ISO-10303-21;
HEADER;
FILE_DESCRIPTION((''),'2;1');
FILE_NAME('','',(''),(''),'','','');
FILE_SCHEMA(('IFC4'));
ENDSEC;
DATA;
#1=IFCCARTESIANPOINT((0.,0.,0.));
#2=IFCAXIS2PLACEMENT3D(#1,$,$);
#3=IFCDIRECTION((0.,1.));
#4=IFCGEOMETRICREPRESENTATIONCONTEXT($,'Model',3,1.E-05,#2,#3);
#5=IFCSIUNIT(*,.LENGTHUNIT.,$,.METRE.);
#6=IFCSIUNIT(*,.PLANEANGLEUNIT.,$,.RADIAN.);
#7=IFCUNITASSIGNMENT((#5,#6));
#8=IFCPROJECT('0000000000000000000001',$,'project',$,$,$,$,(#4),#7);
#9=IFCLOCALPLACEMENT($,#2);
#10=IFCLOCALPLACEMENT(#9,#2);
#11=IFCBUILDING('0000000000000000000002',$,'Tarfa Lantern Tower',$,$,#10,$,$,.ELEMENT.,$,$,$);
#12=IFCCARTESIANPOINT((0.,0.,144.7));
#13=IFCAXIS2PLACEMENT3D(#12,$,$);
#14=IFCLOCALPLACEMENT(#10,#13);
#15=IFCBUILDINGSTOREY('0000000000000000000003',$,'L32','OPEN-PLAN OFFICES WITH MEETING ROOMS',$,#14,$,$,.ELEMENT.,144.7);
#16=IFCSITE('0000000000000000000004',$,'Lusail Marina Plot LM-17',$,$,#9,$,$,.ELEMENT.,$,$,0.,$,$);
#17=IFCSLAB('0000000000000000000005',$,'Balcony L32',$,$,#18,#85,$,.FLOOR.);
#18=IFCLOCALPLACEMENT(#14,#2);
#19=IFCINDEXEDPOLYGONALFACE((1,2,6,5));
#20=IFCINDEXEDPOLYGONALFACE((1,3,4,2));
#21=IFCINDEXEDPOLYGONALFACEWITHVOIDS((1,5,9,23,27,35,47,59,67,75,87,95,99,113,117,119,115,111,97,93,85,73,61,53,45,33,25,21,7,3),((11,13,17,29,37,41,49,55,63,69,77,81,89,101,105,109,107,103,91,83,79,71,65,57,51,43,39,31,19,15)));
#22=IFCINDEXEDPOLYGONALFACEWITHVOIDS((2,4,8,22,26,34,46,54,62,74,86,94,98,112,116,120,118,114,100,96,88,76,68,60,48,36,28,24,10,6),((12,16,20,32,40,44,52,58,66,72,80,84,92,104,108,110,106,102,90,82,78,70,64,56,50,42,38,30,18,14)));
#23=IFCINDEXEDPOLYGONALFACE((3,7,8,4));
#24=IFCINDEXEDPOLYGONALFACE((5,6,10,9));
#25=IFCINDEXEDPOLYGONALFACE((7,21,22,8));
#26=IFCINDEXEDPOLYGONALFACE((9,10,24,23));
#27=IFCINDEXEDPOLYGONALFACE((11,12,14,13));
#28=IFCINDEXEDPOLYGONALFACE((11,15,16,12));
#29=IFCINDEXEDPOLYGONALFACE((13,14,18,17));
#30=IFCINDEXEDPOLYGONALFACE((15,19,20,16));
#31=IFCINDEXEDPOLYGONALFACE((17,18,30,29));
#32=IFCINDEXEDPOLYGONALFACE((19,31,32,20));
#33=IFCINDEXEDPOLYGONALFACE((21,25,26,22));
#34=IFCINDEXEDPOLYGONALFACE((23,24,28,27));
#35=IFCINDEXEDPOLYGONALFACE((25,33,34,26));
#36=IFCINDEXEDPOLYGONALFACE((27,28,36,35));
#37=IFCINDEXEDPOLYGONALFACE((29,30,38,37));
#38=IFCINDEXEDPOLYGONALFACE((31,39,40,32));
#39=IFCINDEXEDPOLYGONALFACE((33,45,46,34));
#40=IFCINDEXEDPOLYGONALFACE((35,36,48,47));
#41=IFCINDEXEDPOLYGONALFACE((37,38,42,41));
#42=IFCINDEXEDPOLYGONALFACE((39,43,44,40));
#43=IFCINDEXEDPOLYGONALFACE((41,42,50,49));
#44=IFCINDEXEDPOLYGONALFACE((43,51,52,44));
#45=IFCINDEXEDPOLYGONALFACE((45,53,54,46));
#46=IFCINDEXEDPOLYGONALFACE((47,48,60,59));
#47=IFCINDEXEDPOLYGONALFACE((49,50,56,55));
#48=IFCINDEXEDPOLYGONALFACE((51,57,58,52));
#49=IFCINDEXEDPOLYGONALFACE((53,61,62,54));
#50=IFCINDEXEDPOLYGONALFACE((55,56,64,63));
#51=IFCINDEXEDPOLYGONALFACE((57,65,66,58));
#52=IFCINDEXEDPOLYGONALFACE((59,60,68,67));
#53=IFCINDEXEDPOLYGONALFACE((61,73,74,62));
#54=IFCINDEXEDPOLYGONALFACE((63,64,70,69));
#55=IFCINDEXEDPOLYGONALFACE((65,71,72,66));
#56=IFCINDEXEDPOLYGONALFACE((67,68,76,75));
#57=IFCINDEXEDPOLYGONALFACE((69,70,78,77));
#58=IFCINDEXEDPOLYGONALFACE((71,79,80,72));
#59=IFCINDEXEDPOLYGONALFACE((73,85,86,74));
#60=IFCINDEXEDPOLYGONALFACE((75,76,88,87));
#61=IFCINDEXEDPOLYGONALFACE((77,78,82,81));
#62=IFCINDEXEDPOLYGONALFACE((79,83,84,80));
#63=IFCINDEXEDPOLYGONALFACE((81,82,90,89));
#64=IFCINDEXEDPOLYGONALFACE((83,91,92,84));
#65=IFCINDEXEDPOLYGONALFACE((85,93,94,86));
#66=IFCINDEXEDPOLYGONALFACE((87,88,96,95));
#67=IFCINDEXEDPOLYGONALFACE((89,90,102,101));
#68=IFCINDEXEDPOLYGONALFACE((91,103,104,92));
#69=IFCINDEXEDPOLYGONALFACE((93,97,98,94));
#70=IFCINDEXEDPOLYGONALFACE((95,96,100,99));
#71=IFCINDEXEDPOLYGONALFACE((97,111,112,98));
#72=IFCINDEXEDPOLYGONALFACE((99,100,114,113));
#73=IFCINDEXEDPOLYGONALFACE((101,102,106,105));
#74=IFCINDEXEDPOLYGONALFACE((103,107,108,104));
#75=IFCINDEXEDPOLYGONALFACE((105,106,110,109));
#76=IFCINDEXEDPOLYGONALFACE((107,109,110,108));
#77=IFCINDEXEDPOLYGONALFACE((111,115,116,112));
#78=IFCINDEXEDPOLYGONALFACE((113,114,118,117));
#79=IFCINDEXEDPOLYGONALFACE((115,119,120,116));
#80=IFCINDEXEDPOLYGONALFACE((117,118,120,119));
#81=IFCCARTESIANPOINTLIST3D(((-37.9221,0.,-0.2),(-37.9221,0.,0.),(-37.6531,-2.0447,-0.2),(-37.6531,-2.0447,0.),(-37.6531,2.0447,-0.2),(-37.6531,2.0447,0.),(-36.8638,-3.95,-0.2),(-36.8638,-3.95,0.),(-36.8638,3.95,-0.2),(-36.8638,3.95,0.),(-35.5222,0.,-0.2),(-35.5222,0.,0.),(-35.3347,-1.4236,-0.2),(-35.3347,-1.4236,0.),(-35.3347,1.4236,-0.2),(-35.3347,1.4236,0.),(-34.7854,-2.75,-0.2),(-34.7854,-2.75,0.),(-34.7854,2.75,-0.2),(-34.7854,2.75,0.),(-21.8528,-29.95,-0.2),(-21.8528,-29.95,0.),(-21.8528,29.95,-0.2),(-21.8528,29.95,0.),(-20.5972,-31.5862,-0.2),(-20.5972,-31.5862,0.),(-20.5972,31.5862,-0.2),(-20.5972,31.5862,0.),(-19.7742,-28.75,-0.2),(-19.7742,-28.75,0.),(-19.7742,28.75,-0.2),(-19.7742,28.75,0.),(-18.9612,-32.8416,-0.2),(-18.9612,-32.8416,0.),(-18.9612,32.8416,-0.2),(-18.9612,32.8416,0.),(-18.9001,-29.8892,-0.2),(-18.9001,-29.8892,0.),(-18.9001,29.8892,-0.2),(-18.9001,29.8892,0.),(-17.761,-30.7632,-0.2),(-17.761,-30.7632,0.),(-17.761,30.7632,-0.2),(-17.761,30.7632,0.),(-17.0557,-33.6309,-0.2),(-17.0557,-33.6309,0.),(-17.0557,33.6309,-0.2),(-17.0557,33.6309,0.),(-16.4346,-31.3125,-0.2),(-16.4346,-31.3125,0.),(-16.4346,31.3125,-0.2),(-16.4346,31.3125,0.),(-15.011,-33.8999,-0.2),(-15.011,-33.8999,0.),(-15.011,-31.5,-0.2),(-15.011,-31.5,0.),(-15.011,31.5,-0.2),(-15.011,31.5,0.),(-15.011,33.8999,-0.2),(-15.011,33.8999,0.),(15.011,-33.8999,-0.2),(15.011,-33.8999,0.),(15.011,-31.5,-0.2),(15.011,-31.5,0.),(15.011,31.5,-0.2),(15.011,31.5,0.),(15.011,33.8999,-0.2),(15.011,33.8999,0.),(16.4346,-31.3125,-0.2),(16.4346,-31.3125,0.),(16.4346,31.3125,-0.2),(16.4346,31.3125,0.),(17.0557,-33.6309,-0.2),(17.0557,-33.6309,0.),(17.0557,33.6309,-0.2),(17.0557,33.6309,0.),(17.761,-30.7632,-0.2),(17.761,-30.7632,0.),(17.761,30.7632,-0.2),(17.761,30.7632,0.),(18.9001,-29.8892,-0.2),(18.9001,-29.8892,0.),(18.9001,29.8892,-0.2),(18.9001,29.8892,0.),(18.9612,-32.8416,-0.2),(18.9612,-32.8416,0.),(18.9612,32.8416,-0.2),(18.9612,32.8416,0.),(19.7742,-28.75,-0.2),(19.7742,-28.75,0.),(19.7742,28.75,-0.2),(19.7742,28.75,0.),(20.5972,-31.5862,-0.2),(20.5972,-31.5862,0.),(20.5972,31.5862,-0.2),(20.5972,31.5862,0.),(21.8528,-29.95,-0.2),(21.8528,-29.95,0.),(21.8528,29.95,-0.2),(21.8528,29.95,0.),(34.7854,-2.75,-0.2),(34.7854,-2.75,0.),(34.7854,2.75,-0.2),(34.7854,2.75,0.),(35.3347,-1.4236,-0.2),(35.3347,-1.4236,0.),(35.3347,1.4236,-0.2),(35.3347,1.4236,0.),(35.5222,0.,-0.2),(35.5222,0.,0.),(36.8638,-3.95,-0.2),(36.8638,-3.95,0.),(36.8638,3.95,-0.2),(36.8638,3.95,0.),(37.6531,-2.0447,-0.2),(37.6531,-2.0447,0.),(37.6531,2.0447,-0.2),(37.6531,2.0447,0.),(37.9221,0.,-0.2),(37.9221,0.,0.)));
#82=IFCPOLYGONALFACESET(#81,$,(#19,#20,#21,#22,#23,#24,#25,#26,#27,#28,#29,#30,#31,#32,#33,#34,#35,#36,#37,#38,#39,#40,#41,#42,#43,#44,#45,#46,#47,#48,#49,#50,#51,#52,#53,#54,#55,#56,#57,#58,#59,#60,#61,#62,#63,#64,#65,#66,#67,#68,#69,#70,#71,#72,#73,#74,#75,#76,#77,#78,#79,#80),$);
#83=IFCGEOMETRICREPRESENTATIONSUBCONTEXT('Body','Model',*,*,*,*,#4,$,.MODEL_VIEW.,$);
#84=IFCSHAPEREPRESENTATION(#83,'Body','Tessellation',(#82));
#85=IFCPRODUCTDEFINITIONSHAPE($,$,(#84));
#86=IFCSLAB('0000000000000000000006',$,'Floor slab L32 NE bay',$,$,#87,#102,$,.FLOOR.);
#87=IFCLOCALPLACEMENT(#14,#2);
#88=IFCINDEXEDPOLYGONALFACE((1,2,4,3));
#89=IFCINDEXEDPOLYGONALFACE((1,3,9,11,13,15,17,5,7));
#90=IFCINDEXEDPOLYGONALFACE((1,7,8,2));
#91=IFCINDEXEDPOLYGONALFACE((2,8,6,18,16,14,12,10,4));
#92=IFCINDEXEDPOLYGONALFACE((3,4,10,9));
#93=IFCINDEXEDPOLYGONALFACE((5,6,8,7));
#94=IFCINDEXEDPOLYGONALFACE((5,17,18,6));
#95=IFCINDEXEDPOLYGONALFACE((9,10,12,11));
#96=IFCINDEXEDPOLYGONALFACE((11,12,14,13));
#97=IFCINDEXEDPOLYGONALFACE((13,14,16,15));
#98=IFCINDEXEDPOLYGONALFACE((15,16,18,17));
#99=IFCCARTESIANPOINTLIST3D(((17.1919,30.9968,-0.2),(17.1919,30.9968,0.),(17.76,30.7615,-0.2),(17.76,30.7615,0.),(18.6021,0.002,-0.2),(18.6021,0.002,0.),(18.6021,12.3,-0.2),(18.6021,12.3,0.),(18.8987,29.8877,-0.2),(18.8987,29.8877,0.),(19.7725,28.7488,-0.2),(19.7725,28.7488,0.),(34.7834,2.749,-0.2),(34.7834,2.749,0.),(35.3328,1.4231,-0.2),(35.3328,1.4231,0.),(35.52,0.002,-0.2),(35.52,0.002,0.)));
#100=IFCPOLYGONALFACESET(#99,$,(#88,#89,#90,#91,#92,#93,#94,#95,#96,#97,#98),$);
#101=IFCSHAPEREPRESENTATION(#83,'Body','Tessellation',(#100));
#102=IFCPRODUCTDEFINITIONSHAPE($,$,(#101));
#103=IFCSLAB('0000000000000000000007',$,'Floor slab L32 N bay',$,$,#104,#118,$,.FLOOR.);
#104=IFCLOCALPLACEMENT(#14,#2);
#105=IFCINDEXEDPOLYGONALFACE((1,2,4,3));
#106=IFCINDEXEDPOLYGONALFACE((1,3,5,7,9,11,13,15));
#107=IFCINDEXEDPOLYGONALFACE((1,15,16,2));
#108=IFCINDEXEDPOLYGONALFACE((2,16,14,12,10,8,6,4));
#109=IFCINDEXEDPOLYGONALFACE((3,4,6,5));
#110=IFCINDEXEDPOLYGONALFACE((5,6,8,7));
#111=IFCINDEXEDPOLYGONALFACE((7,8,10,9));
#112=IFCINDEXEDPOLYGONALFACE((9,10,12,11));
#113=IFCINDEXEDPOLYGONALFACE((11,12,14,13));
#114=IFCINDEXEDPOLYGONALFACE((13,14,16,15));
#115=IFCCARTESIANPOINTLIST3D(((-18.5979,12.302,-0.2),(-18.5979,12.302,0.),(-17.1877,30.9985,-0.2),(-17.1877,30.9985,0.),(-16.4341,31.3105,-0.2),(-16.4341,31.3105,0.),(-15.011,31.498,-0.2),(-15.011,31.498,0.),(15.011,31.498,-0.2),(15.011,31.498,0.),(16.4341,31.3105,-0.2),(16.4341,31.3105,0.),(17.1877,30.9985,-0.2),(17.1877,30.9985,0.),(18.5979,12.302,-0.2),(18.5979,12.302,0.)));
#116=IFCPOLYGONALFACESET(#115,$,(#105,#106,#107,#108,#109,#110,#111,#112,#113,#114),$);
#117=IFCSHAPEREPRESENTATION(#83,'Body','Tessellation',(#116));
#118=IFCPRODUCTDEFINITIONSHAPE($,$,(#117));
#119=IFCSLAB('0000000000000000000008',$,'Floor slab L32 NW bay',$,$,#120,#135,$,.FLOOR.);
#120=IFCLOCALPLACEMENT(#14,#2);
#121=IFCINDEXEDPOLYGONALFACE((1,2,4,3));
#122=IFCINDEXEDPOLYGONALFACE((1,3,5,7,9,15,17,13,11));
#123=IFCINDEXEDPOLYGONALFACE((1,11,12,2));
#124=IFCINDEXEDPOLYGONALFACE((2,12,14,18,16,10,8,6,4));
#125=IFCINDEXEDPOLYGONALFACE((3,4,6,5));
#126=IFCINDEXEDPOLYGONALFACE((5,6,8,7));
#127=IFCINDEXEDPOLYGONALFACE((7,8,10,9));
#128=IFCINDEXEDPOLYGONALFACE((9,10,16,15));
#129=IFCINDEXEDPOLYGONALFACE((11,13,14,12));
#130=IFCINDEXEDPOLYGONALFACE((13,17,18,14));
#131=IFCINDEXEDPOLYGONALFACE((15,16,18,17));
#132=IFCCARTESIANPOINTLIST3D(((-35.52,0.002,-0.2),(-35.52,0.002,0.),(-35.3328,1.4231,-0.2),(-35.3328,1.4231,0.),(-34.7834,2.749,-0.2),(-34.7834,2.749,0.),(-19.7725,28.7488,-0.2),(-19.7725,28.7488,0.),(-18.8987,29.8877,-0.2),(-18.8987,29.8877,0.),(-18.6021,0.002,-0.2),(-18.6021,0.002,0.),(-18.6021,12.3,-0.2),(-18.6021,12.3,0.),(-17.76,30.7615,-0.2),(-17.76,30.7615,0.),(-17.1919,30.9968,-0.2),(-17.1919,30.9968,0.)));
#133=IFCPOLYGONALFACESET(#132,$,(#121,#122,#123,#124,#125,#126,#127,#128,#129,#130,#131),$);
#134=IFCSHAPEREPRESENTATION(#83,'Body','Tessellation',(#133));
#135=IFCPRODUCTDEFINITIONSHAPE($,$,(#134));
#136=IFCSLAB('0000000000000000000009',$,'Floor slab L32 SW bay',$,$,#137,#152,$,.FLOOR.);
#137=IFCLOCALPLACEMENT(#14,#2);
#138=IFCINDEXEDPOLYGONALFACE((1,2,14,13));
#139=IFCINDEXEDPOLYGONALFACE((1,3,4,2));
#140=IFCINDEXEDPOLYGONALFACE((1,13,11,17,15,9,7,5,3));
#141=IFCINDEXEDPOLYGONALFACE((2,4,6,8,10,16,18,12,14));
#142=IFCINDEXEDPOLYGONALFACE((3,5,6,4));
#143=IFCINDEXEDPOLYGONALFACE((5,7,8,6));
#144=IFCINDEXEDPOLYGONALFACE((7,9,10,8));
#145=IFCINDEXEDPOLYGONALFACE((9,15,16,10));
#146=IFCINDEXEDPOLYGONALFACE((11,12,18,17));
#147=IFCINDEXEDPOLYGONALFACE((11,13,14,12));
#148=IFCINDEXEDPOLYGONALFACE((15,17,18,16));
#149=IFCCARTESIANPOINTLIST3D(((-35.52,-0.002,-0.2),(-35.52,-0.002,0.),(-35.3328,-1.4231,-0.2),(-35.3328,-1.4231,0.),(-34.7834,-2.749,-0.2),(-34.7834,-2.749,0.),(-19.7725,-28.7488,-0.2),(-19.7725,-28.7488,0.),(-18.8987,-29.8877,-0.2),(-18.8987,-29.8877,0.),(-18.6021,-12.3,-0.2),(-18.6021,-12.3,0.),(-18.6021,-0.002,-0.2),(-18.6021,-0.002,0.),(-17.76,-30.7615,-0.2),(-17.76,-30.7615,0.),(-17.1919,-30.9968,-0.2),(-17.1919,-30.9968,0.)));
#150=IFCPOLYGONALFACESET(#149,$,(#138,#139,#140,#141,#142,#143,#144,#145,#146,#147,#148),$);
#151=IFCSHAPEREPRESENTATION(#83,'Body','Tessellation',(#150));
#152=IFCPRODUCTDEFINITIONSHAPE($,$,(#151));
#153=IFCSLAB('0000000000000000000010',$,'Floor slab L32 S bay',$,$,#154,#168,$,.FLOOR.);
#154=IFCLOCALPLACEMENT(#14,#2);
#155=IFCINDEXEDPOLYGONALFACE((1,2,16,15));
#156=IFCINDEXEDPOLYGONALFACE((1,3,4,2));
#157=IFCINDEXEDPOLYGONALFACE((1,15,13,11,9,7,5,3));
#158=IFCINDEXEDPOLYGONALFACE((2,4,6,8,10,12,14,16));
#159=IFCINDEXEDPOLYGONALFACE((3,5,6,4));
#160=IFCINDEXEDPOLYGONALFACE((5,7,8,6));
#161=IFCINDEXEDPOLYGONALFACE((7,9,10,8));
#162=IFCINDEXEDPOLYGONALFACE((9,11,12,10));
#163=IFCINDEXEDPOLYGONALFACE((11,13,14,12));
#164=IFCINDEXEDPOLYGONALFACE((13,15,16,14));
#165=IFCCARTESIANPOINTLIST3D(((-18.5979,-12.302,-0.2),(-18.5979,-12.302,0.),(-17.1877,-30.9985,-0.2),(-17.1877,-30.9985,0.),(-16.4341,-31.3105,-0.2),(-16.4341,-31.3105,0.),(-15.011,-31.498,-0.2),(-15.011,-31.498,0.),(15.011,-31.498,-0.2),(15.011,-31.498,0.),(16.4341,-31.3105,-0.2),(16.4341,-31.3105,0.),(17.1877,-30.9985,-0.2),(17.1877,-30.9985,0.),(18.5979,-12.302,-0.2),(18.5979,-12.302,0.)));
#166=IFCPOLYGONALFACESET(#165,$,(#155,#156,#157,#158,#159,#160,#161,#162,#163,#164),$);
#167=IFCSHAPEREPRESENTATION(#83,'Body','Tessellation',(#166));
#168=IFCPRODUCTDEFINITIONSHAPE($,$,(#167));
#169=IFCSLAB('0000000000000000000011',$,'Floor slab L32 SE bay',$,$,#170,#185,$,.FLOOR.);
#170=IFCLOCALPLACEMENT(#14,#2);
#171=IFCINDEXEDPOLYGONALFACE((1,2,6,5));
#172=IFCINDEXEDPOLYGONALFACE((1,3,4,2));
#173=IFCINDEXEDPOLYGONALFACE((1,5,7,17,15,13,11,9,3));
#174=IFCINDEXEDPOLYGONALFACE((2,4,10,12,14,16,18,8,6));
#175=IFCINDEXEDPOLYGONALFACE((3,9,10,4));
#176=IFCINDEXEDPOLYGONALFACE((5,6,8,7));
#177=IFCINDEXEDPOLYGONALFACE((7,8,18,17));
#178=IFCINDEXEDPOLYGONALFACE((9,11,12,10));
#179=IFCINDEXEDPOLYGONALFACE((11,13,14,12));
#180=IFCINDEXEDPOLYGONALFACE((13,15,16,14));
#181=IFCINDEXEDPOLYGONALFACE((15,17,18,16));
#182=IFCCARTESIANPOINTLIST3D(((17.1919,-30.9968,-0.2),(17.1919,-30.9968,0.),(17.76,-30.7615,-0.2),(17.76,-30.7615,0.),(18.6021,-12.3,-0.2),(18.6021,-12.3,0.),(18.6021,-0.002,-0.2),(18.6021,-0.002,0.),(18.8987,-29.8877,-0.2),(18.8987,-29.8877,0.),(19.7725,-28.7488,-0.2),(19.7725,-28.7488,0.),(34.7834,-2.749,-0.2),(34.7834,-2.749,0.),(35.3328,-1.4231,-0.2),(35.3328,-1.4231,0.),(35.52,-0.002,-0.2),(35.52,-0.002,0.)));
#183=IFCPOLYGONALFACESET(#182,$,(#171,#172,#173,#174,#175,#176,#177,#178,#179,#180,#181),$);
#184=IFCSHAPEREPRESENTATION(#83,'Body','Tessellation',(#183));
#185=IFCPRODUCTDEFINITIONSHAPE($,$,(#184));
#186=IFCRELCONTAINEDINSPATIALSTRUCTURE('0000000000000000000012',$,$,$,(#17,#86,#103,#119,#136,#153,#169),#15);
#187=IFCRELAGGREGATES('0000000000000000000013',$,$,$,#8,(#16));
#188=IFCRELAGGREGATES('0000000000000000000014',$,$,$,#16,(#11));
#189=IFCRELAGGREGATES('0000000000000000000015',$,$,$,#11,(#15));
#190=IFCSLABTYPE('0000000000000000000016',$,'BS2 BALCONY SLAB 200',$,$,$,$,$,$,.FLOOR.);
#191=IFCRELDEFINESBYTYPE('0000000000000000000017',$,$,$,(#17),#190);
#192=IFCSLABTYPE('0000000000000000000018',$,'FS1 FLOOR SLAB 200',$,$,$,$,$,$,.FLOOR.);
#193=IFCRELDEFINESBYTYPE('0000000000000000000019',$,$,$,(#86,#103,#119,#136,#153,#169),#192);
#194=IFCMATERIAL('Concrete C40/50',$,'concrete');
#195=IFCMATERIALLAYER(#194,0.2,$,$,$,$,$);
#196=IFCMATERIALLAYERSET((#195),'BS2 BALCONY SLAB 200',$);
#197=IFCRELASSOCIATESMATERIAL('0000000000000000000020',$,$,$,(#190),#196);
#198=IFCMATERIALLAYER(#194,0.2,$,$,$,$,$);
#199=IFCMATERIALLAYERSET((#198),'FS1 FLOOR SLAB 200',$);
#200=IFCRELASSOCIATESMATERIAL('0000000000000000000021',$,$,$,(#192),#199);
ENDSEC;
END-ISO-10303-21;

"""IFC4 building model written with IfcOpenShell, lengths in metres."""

from ifc_helpers import new_model, si_unit, direction, frame, origin, place, context, subcontext, project, spatial, polyline, outline, extrude, material, layer, layer_set, type_object, element, save


model = new_model("IFC4")

# Units and contexts
model_context = context("Model", 3, precision=1e-05, world=origin(), true_north=direction((0.0, 1.0)))
body_context = subcontext(model_context, "Body", "Model", "MODEL_VIEW")
ifc_project = project(units=[si_unit("LENGTHUNIT", "METRE"), si_unit("PLANEANGLEUNIT", "RADIAN")], contexts=[model_context])

# Site, building, storey
site_placement = place(None, origin())
site = spatial("IfcSite", under=ifc_project, at=site_placement, Name="Lusail Marina Plot LM-17", CompositionType="ELEMENT", RefElevation=0.0)
building_placement = place(site_placement, origin())
building = spatial("IfcBuilding", under=site, at=building_placement, Name="Tarfa Lantern Tower", CompositionType="ELEMENT")
storey_placement = place(building_placement, frame((0.0, 0.0, 144.7)))
storey = spatial("IfcBuildingStorey", under=building, at=storey_placement, Name="L32", Description="OPEN-PLAN OFFICES WITH MEETING ROOMS", CompositionType="ELEMENT", Elevation=144.7)

# Slabs
ifc_material_1 = material(Name="Concrete C40/50", Category="concrete")
ifc_layer_1 = layer(ifc_material_1, 0.2)
ifc_layer_set_1 = layer_set([ifc_layer_1], Name="BS2 BALCONY SLAB 200")
slab_type_1 = type_object("IfcSlabType", Name="BS2 BALCONY SLAB 200", PredefinedType="FLOOR", material=ifc_layer_set_1)
slab_1_placement = place(storey_placement, frame((0.0, 0.0, -0.2)))
element("IfcSlab", 1, at=slab_1_placement, inside=storey, type_object=slab_type_1, Name="Balcony L32", PredefinedType="FLOOR", context=body_context, shape_type="SweptSolid", body=[
    extrude(outline(polyline([(36.8638, 3.95), (21.8528, 29.95), (20.5972, 31.5862), (18.9612, 32.8416), (17.0557, 33.6309), (15.011, 33.8999), (-15.011, 33.8999), (-17.0557, 33.6309), (-18.9612, 32.8416), (-20.5972, 31.5862), (-21.8528, 29.95), (-36.8638, 3.95), (-37.6531, 2.0447), (-37.9221, 0.0), (-37.6531, -2.0447), (-36.8638, -3.95), (-21.8528, -29.95), (-20.5972, -31.5862), (-18.9612, -32.8416), (-17.0557, -33.6309), (-15.011, -33.8999), (15.011, -33.8999), (17.0557, -33.6309), (18.9612, -32.8416), (20.5972, -31.5862), (21.8528, -29.95), (36.8638, -3.95), (37.6531, -2.0447), (37.9221, 0.0), (37.6531, 2.0447), (36.8638, 3.95)]), holes=[polyline([(34.7854, 2.75), (19.7742, 28.75), (18.9001, 29.8892), (17.761, 30.7632), (16.4346, 31.3125), (15.011, 31.5), (-15.011, 31.5), (-16.4346, 31.3125), (-17.761, 30.7632), (-18.9001, 29.8892), (-19.7742, 28.75), (-34.7854, 2.75), (-35.3347, 1.4236), (-35.5222, 0.0), (-35.3347, -1.4236), (-34.7854, -2.75), (-19.7742, -28.75), (-18.9001, -29.8892), (-17.761, -30.7632), (-16.4346, -31.3125), (-15.011, -31.5), (15.011, -31.5), (16.4346, -31.3125), (17.761, -30.7632), (18.9001, -29.8892), (19.7742, -28.75), (34.7854, -2.75), (35.3347, -1.4236), (35.5222, 0.0), (35.3347, 1.4236), (34.7854, 2.75)])]), origin(), (0.0, 0.0, 1.0), 0.2),
])
ifc_layer_2 = layer(ifc_material_1, 0.2)
ifc_layer_set_2 = layer_set([ifc_layer_2], Name="FS1 FLOOR SLAB 200")
slab_type_2 = type_object("IfcSlabType", Name="FS1 FLOOR SLAB 200", PredefinedType="FLOOR", material=ifc_layer_set_2)
slab_2_placement = place(storey_placement, frame((0.0, 0.0, -0.2)))
element("IfcSlab", 2, at=slab_2_placement, inside=storey, type_object=slab_type_2, Name="Floor slab L32 NE bay", PredefinedType="FLOOR", context=body_context, shape_type="SweptSolid", body=[
    extrude(outline(polyline([(34.7834, 2.749), (19.7725, 28.7488), (18.8987, 29.8877), (17.76, 30.7615), (17.1919, 30.9968), (18.6021, 12.3), (18.6021, 0.002), (35.52, 0.002), (35.3328, 1.4231), (34.7834, 2.749)])), origin(), (0.0, 0.0, 1.0), 0.2),
])
slab_3_placement = place(storey_placement, frame((0.0, 0.0, -0.2)))
element("IfcSlab", 3, at=slab_3_placement, inside=storey, type_object=slab_type_2, Name="Floor slab L32 N bay", PredefinedType="FLOOR", context=body_context, shape_type="SweptSolid", body=[
    extrude(outline(polyline([(-18.5979, 12.302), (18.5979, 12.302), (17.1877, 30.9985), (16.4341, 31.3105), (15.011, 31.498), (-15.011, 31.498), (-16.4341, 31.3105), (-17.1877, 30.9985), (-18.5979, 12.302)])), origin(), (0.0, 0.0, 1.0), 0.2),
])
slab_4_placement = place(storey_placement, frame((0.0, 0.0, -0.2)))
element("IfcSlab", 4, at=slab_4_placement, inside=storey, type_object=slab_type_2, Name="Floor slab L32 NW bay", PredefinedType="FLOOR", context=body_context, shape_type="SweptSolid", body=[
    extrude(outline(polyline([(-18.6021, 0.002), (-18.6021, 12.3), (-17.1919, 30.9968), (-17.76, 30.7615), (-18.8987, 29.8877), (-19.7725, 28.7488), (-34.7834, 2.749), (-35.3328, 1.4231), (-35.52, 0.002), (-18.6021, 0.002)])), origin(), (0.0, 0.0, 1.0), 0.2),
])
slab_5_placement = place(storey_placement, frame((0.0, 0.0, -0.2)))
element("IfcSlab", 5, at=slab_5_placement, inside=storey, type_object=slab_type_2, Name="Floor slab L32 SW bay", PredefinedType="FLOOR", context=body_context, shape_type="SweptSolid", body=[
    extrude(outline(polyline([(-18.6021, -12.3), (-18.6021, -0.002), (-35.52, -0.002), (-35.3328, -1.4231), (-34.7834, -2.749), (-19.7725, -28.7488), (-18.8987, -29.8877), (-17.76, -30.7615), (-17.1919, -30.9968), (-18.6021, -12.3)])), origin(), (0.0, 0.0, 1.0), 0.2),
])
slab_6_placement = place(storey_placement, frame((0.0, 0.0, -0.2)))
element("IfcSlab", 6, at=slab_6_placement, inside=storey, type_object=slab_type_2, Name="Floor slab L32 S bay", PredefinedType="FLOOR", context=body_context, shape_type="SweptSolid", body=[
    extrude(outline(polyline([(18.5979, -12.302), (-18.5979, -12.302), (-17.1877, -30.9985), (-16.4341, -31.3105), (-15.011, -31.498), (15.011, -31.498), (16.4341, -31.3105), (17.1877, -30.9985), (18.5979, -12.302)])), origin(), (0.0, 0.0, 1.0), 0.2),
])
slab_7_placement = place(storey_placement, frame((0.0, 0.0, -0.2)))
element("IfcSlab", 7, at=slab_7_placement, inside=storey, type_object=slab_type_2, Name="Floor slab L32 SE bay", PredefinedType="FLOOR", context=body_context, shape_type="SweptSolid", body=[
    extrude(outline(polyline([(18.6021, -0.002), (18.6021, -12.3), (17.1919, -30.9968), (17.76, -30.7615), (18.8987, -29.8877), (19.7725, -28.7488), (34.7834, -2.749), (35.3328, -1.4231), (35.52, -0.002), (18.6021, -0.002)])), origin(), (0.0, 0.0, 1.0), 0.2),
])

save(model, "model.ifc")
